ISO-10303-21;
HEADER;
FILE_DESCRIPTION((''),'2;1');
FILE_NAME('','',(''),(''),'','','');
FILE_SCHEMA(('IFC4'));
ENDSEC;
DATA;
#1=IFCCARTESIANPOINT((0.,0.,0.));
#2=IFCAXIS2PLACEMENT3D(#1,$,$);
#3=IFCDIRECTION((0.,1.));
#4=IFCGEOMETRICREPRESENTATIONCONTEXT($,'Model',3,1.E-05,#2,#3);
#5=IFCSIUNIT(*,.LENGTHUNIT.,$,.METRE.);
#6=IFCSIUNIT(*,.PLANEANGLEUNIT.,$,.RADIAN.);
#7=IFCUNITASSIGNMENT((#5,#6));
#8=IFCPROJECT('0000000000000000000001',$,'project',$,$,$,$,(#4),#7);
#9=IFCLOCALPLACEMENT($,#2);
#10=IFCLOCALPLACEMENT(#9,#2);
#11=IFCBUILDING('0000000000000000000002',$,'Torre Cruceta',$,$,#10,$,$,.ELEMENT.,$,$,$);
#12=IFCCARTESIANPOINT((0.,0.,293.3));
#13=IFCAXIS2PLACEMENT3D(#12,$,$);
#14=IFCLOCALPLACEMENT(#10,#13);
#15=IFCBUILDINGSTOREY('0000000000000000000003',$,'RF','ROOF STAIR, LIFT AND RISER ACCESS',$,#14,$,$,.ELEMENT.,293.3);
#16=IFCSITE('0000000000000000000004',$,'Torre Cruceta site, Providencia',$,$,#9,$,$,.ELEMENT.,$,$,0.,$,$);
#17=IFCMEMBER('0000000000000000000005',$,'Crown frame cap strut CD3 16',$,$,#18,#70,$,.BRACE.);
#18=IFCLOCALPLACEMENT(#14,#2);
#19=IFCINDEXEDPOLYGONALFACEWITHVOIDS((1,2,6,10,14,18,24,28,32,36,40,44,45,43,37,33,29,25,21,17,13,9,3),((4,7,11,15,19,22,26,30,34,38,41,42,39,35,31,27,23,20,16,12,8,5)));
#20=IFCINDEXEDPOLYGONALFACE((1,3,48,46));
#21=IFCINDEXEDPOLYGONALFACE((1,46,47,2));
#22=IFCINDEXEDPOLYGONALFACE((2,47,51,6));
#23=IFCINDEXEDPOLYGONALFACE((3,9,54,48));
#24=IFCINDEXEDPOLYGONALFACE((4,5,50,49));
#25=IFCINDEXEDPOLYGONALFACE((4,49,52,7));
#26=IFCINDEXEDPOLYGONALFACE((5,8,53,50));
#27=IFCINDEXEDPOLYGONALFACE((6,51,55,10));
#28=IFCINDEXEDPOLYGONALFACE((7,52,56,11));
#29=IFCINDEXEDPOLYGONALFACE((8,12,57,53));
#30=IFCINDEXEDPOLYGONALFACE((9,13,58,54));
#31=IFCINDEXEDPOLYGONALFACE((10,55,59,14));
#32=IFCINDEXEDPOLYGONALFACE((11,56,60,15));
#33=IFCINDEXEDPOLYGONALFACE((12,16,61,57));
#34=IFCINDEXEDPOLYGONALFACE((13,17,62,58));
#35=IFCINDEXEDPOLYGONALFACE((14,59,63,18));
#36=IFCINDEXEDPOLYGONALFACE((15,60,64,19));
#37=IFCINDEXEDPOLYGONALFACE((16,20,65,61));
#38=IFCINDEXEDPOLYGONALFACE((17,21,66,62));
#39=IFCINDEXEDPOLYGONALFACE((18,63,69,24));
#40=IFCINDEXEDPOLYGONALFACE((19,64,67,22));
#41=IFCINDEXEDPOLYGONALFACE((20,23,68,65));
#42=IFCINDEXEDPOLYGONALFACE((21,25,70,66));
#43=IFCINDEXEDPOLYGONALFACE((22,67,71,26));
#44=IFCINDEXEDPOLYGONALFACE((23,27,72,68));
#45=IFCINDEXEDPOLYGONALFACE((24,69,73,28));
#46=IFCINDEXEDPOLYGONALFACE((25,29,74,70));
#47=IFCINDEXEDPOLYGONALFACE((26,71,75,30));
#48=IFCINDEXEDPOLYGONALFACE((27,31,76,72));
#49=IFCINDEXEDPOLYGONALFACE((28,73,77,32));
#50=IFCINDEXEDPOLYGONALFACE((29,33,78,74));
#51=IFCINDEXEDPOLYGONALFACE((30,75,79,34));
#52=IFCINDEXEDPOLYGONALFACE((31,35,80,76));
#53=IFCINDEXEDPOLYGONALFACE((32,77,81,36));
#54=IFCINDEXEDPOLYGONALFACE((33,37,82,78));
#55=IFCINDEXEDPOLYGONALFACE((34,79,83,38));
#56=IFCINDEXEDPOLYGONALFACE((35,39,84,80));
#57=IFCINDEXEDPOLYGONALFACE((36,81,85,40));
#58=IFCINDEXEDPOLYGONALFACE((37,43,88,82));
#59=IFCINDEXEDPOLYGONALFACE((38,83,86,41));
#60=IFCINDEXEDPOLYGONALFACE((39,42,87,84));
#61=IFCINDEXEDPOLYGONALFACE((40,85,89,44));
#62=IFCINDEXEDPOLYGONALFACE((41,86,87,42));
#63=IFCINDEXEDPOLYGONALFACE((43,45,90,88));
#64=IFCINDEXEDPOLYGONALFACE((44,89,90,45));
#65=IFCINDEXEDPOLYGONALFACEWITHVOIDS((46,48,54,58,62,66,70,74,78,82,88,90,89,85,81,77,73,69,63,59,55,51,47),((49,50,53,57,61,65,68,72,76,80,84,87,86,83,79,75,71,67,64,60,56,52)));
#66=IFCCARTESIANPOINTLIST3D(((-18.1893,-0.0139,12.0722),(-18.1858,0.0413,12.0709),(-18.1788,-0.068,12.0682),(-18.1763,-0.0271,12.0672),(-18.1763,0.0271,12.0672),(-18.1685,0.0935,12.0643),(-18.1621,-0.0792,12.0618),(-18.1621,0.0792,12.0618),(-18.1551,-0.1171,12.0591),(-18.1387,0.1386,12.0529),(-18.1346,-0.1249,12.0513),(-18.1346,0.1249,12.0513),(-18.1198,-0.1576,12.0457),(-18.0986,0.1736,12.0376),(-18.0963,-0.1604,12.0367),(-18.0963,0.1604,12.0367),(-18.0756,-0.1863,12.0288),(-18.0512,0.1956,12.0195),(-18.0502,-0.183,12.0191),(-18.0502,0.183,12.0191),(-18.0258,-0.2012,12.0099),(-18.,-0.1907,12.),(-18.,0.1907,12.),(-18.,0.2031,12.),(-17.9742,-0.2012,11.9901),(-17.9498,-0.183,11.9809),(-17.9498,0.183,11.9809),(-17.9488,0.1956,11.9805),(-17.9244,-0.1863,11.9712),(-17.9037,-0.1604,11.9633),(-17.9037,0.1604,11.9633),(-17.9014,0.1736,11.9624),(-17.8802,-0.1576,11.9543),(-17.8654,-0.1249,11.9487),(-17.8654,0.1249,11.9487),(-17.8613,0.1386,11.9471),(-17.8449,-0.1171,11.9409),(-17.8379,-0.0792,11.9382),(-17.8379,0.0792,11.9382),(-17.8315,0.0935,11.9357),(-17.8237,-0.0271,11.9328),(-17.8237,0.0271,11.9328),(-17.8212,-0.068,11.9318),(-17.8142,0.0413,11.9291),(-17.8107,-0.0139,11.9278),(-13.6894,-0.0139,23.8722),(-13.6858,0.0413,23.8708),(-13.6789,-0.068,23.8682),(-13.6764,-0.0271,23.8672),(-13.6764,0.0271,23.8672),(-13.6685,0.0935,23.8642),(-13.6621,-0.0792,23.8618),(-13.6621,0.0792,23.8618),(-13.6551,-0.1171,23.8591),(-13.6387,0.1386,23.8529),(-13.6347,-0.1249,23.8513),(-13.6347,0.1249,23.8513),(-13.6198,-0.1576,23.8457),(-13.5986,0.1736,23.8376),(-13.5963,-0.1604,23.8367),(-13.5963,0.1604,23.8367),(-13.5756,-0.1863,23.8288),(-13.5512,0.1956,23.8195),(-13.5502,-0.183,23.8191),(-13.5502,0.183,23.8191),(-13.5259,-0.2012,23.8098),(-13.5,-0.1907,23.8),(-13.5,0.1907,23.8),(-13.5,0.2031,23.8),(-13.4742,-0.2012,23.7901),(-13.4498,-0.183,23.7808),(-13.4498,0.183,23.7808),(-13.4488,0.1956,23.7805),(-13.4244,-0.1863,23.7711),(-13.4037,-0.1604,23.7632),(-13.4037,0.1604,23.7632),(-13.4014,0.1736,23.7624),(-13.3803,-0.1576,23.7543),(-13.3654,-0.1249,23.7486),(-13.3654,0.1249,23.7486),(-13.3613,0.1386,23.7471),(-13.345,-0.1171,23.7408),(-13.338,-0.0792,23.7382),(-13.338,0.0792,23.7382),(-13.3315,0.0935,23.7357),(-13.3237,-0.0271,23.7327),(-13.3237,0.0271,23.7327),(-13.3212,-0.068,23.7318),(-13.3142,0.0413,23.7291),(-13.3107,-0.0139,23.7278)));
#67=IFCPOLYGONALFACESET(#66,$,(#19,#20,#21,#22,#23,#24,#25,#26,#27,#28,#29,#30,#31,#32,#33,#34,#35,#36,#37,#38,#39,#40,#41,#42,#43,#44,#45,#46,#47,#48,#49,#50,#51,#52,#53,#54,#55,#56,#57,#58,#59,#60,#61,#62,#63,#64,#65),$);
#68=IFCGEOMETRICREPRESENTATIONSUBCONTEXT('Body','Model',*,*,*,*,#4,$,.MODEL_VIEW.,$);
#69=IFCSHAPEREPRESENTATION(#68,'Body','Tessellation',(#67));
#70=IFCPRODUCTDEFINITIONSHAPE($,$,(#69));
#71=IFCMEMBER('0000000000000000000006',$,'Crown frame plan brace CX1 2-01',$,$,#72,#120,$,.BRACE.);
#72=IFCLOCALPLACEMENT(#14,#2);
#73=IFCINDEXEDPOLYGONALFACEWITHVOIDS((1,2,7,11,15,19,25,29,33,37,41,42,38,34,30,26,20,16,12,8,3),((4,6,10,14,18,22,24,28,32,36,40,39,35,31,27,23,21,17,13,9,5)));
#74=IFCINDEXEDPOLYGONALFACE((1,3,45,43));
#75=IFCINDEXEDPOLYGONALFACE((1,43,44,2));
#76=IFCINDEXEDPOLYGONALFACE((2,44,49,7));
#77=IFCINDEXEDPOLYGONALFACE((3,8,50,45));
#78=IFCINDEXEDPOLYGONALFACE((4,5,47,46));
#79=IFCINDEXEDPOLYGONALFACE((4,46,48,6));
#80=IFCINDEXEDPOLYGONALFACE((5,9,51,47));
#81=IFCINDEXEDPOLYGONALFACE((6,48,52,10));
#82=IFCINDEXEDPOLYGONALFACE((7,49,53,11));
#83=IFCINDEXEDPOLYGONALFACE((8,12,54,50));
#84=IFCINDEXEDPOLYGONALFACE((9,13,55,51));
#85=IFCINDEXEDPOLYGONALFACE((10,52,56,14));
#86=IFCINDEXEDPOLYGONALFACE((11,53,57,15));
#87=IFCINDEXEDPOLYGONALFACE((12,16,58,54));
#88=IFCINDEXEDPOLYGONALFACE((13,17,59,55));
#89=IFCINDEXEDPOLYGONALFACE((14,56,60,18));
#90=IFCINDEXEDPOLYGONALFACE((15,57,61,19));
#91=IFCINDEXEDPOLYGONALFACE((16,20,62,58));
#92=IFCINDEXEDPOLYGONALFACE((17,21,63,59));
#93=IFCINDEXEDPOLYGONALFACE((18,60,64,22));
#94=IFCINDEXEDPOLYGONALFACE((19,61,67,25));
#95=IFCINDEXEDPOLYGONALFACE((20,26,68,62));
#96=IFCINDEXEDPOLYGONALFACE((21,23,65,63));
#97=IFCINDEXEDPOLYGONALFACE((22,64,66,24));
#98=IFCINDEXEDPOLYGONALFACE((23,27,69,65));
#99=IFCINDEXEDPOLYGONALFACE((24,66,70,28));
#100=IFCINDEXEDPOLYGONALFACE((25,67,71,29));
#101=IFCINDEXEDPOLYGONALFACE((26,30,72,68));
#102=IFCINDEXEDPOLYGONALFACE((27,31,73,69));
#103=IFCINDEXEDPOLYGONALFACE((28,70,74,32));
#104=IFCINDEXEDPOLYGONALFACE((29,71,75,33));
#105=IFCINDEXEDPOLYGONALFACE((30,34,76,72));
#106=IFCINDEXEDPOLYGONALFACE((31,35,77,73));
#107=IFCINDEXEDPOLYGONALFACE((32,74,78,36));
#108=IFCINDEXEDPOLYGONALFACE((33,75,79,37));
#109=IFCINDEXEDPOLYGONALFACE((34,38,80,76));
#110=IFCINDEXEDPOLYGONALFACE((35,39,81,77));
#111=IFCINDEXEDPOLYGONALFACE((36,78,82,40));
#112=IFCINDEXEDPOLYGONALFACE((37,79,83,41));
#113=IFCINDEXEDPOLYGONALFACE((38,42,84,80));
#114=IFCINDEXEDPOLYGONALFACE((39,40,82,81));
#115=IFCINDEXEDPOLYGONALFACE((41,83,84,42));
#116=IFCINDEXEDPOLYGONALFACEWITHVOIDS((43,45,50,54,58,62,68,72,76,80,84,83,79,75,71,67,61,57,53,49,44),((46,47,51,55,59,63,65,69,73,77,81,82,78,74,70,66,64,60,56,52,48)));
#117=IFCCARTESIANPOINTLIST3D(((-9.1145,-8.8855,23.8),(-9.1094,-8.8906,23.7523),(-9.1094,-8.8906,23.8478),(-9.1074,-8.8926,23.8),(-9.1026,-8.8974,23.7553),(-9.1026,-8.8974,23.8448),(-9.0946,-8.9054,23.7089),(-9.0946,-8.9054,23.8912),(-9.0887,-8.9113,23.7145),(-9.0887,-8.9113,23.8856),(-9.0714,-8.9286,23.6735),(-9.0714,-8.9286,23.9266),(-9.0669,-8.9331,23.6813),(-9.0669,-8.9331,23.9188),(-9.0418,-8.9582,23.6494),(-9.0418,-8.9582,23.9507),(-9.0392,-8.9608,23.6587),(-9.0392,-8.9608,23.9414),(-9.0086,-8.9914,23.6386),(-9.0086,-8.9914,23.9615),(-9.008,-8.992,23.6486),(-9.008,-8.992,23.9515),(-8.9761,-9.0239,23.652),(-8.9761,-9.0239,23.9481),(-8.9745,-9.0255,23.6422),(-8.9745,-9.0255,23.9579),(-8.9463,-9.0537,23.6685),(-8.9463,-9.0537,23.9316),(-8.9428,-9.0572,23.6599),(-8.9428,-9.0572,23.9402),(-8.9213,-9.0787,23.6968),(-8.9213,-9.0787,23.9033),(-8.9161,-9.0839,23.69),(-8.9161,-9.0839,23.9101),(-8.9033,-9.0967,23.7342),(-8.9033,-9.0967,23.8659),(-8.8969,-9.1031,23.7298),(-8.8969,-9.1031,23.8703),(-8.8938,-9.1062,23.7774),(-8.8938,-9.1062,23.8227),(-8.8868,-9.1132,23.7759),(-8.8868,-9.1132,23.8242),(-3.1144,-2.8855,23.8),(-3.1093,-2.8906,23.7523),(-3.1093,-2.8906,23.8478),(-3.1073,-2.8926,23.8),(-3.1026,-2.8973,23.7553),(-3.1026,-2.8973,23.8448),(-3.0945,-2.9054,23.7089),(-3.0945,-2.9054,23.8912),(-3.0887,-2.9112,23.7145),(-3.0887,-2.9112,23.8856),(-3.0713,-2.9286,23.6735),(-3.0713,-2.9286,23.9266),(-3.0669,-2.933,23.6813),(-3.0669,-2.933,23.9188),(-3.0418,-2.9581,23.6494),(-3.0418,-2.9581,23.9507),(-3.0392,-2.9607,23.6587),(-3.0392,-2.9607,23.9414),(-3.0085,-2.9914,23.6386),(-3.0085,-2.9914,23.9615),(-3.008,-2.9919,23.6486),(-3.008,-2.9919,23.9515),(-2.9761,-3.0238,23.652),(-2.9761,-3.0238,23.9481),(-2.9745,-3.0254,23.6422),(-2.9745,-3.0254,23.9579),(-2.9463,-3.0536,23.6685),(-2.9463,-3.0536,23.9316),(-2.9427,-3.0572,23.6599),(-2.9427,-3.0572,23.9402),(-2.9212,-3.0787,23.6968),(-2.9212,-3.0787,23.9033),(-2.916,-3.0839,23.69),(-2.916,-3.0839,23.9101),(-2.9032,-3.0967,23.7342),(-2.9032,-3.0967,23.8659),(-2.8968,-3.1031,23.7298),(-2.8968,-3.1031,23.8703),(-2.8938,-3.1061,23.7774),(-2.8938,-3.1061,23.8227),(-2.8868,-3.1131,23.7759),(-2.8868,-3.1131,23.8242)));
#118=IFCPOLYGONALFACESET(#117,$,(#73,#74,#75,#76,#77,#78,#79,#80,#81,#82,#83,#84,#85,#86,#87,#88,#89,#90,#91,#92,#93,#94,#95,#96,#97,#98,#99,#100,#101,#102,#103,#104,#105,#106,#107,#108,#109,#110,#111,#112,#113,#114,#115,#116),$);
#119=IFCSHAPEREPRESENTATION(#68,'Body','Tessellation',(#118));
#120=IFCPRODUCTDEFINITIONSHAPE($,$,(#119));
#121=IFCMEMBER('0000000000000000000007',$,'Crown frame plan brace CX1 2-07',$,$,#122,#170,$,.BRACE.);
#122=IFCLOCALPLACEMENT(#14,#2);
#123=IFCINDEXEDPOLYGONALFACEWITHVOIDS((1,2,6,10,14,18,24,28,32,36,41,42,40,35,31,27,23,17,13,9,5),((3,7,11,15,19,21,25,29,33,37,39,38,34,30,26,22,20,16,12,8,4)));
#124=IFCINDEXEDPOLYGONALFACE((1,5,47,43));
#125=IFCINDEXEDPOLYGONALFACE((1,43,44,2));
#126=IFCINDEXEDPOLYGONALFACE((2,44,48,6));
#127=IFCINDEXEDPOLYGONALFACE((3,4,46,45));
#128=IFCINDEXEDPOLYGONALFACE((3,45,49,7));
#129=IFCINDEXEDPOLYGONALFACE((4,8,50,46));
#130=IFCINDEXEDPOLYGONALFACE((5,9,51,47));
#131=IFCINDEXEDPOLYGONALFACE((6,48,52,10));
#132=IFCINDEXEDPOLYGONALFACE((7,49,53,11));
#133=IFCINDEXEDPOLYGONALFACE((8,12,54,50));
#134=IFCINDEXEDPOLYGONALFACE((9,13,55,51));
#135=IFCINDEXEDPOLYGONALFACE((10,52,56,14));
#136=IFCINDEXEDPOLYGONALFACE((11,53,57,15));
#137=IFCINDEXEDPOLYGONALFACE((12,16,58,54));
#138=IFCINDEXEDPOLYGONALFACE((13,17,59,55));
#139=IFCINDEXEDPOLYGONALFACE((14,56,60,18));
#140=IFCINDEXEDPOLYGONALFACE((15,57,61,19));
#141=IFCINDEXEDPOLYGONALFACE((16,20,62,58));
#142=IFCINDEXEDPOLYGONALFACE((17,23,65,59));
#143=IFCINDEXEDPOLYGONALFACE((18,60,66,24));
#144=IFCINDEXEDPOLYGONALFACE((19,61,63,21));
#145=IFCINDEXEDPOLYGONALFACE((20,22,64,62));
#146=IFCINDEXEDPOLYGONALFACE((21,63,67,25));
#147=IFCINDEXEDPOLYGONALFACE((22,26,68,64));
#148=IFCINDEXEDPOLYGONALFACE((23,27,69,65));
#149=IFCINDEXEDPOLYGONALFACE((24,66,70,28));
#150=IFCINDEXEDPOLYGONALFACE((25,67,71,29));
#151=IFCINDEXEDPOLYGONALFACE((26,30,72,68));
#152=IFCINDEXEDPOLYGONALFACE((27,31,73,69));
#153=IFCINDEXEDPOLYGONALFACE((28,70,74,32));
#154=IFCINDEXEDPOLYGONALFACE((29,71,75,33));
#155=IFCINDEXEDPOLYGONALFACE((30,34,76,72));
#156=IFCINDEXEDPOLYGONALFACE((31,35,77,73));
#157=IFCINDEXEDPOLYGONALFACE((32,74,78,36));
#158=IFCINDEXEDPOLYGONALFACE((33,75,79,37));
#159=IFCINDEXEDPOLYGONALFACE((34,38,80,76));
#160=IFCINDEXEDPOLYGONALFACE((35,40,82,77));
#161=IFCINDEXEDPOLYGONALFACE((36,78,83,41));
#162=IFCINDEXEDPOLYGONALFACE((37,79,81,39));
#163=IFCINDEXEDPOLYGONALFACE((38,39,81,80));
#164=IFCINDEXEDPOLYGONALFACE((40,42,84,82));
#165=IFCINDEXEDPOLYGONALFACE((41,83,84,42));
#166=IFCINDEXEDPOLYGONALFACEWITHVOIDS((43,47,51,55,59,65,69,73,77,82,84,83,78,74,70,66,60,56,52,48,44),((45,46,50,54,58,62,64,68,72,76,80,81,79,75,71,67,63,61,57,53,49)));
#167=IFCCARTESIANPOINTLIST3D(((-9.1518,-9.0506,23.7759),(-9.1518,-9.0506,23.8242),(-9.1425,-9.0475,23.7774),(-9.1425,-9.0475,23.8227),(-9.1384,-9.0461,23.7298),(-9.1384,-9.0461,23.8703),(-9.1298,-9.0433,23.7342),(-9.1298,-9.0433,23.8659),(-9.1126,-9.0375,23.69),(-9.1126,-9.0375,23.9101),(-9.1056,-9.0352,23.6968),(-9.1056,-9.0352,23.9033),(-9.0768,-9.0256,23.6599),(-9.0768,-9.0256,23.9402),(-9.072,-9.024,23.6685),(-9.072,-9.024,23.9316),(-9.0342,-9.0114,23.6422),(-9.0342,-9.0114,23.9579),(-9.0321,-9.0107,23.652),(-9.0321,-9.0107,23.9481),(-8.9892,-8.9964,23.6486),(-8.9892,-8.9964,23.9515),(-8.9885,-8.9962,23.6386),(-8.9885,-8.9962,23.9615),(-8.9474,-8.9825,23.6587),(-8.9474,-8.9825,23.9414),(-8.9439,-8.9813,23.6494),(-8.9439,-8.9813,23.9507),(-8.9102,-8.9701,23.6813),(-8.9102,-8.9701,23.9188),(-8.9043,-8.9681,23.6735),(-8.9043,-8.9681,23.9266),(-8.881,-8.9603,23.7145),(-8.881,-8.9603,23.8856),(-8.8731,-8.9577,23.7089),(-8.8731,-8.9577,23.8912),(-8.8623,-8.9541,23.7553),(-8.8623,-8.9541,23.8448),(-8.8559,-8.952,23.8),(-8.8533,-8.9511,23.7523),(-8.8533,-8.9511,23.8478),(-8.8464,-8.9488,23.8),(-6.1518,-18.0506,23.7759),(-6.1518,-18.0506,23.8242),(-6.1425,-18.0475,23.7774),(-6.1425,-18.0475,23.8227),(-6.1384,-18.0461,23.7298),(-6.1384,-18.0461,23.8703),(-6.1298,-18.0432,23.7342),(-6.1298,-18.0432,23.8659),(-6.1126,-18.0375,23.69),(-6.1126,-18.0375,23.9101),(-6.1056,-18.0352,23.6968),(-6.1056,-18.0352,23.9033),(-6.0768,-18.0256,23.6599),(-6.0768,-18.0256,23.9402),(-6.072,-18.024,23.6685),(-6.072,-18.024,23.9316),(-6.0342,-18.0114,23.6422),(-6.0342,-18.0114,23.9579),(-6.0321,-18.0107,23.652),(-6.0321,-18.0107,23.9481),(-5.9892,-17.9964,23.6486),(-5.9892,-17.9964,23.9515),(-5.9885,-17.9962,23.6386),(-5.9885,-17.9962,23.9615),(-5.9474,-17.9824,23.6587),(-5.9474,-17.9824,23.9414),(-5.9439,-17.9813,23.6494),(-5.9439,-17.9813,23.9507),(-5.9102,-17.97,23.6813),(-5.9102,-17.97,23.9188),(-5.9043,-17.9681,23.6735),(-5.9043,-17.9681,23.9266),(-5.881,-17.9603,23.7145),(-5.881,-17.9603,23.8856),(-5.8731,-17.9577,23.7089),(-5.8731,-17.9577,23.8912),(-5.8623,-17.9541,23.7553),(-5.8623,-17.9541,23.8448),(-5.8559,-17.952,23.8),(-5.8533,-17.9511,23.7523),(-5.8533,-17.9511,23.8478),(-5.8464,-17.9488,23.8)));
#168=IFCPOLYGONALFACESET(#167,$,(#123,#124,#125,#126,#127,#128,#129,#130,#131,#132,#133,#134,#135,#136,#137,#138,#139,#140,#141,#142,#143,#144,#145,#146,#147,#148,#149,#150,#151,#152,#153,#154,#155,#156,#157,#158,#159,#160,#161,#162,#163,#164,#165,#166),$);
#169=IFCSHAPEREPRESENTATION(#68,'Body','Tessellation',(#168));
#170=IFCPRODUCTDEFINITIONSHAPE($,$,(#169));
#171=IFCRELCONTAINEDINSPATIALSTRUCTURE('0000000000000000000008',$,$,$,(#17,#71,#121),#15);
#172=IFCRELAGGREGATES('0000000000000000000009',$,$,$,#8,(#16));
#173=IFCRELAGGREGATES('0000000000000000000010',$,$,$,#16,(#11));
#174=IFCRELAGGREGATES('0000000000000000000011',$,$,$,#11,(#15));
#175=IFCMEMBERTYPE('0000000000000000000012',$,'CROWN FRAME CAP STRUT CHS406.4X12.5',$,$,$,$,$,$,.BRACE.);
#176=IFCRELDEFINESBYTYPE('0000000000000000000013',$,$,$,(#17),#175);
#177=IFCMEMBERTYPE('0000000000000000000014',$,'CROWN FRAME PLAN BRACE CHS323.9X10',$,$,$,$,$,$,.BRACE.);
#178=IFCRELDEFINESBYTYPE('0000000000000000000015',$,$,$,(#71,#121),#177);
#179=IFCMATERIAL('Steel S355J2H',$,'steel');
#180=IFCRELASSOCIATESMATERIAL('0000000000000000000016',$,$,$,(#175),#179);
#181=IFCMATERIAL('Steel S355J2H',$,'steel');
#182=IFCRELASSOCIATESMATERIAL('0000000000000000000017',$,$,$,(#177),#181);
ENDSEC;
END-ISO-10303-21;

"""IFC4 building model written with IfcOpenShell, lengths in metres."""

from ifc_helpers import new_model, si_unit, direction, frame, origin, origin_2d, place, context, subcontext, project, spatial, hollow_circle, extrude, material, material_profile, profile_set, type_object, element, save


model = new_model("IFC4")

# Units and contexts
model_context = context("Model", 3, precision=1e-05, world=origin(), true_north=direction((0.0, 1.0)))
body_context = subcontext(model_context, "Body", "Model", "MODEL_VIEW")
ifc_project = project(units=[si_unit("LENGTHUNIT", "METRE"), si_unit("PLANEANGLEUNIT", "RADIAN")], contexts=[model_context])

# Site, building, storey
site_placement = place(None, origin())
site = spatial("IfcSite", under=ifc_project, at=site_placement, Name="Torre Cruceta site, Providencia", CompositionType="ELEMENT", RefElevation=0.0)
building_placement = place(site_placement, origin())
building = spatial("IfcBuilding", under=site, at=building_placement, Name="Torre Cruceta", CompositionType="ELEMENT")
storey_placement = place(building_placement, frame((0.0, 0.0, 293.3)))
storey = spatial("IfcBuildingStorey", under=building, at=storey_placement, Name="RF", Description="ROOF STAIR, LIFT AND RISER ACCESS", CompositionType="ELEMENT", Elevation=293.3)

# Members
ifc_material_1 = material(Name="Steel S355J2H", Category="steel")
ifc_material_profile_1 = material_profile(ifc_material_1, hollow_circle(Radius=0.2031, WallThickness=0.0125, at=origin_2d()), Name="CHS406.4X12.5")
ifc_profile_set_1 = profile_set([ifc_material_profile_1], Name="Steel S355J2H")
member_type_1 = type_object("IfcMemberType", Name="CROWN FRAME CAP STRUT CHS406.4X12.5", PredefinedType="BRACE", material=ifc_profile_set_1)
member_1_placement = place(storey_placement, frame((-18.0, 0.0, 12.0), z_axis=(0.356323, 0.0, 0.934363), x_axis=(0.0, 1.0, 0.0)))
element("IfcMember", 1, at=member_1_placement, inside=storey, type_object=member_type_1, Name="Crown frame cap strut CD3 16", PredefinedType="BRACE", context=body_context, shape_type="SweptSolid", body=[
    extrude(hollow_circle(Radius=0.2031, WallThickness=0.0125, at=origin_2d()), origin(), (0.0, 0.0, 1.0), 12.6289),
])
ifc_material_2 = material(Name="Steel S355J2H", Category="steel")
ifc_material_profile_2 = material_profile(ifc_material_2, hollow_circle(Radius=0.1619, WallThickness=0.01, at=origin_2d()), Name="CHS323.9X10")
ifc_profile_set_2 = profile_set([ifc_material_profile_2], Name="Steel S355J2H")
member_type_2 = type_object("IfcMemberType", Name="CROWN FRAME PLAN BRACE CHS323.9X10", PredefinedType="BRACE", material=ifc_profile_set_2)
member_2_placement = place(storey_placement, frame((-9.0, -9.0, 23.8), z_axis=(0.707107, 0.707107, 0.0), x_axis=(-0.707107, 0.707107, 0.0)))
element("IfcMember", 2, at=member_2_placement, inside=storey, type_object=member_type_2, Name="Crown frame plan brace CX1 2-01", PredefinedType="BRACE", context=body_context, shape_type="SweptSolid", body=[
    extrude(hollow_circle(Radius=0.1619, WallThickness=0.01, at=origin_2d()), origin(), (0.0, 0.0, 1.0), 8.4854),
])
for number, where, z_axis, x_axis, name in (
    (3, (-9.0, -9.0, 23.8), (0.316228, -0.948683, 0.0), (0.948683, 0.316228, 0.0), "Crown frame plan brace CX1 2-07"),
):
    element("IfcMember", number, at=place(storey_placement, frame(where, z_axis=z_axis, x_axis=x_axis)), inside=storey, type_object=member_type_2, Name=name, PredefinedType="BRACE", context=body_context, shape_type="SweptSolid", body=[
        extrude(hollow_circle(Radius=0.1619, WallThickness=0.01, at=origin_2d()), origin(), (0.0, 0.0, 1.0), 9.4868),
    ])

save(model, "model.ifc")
